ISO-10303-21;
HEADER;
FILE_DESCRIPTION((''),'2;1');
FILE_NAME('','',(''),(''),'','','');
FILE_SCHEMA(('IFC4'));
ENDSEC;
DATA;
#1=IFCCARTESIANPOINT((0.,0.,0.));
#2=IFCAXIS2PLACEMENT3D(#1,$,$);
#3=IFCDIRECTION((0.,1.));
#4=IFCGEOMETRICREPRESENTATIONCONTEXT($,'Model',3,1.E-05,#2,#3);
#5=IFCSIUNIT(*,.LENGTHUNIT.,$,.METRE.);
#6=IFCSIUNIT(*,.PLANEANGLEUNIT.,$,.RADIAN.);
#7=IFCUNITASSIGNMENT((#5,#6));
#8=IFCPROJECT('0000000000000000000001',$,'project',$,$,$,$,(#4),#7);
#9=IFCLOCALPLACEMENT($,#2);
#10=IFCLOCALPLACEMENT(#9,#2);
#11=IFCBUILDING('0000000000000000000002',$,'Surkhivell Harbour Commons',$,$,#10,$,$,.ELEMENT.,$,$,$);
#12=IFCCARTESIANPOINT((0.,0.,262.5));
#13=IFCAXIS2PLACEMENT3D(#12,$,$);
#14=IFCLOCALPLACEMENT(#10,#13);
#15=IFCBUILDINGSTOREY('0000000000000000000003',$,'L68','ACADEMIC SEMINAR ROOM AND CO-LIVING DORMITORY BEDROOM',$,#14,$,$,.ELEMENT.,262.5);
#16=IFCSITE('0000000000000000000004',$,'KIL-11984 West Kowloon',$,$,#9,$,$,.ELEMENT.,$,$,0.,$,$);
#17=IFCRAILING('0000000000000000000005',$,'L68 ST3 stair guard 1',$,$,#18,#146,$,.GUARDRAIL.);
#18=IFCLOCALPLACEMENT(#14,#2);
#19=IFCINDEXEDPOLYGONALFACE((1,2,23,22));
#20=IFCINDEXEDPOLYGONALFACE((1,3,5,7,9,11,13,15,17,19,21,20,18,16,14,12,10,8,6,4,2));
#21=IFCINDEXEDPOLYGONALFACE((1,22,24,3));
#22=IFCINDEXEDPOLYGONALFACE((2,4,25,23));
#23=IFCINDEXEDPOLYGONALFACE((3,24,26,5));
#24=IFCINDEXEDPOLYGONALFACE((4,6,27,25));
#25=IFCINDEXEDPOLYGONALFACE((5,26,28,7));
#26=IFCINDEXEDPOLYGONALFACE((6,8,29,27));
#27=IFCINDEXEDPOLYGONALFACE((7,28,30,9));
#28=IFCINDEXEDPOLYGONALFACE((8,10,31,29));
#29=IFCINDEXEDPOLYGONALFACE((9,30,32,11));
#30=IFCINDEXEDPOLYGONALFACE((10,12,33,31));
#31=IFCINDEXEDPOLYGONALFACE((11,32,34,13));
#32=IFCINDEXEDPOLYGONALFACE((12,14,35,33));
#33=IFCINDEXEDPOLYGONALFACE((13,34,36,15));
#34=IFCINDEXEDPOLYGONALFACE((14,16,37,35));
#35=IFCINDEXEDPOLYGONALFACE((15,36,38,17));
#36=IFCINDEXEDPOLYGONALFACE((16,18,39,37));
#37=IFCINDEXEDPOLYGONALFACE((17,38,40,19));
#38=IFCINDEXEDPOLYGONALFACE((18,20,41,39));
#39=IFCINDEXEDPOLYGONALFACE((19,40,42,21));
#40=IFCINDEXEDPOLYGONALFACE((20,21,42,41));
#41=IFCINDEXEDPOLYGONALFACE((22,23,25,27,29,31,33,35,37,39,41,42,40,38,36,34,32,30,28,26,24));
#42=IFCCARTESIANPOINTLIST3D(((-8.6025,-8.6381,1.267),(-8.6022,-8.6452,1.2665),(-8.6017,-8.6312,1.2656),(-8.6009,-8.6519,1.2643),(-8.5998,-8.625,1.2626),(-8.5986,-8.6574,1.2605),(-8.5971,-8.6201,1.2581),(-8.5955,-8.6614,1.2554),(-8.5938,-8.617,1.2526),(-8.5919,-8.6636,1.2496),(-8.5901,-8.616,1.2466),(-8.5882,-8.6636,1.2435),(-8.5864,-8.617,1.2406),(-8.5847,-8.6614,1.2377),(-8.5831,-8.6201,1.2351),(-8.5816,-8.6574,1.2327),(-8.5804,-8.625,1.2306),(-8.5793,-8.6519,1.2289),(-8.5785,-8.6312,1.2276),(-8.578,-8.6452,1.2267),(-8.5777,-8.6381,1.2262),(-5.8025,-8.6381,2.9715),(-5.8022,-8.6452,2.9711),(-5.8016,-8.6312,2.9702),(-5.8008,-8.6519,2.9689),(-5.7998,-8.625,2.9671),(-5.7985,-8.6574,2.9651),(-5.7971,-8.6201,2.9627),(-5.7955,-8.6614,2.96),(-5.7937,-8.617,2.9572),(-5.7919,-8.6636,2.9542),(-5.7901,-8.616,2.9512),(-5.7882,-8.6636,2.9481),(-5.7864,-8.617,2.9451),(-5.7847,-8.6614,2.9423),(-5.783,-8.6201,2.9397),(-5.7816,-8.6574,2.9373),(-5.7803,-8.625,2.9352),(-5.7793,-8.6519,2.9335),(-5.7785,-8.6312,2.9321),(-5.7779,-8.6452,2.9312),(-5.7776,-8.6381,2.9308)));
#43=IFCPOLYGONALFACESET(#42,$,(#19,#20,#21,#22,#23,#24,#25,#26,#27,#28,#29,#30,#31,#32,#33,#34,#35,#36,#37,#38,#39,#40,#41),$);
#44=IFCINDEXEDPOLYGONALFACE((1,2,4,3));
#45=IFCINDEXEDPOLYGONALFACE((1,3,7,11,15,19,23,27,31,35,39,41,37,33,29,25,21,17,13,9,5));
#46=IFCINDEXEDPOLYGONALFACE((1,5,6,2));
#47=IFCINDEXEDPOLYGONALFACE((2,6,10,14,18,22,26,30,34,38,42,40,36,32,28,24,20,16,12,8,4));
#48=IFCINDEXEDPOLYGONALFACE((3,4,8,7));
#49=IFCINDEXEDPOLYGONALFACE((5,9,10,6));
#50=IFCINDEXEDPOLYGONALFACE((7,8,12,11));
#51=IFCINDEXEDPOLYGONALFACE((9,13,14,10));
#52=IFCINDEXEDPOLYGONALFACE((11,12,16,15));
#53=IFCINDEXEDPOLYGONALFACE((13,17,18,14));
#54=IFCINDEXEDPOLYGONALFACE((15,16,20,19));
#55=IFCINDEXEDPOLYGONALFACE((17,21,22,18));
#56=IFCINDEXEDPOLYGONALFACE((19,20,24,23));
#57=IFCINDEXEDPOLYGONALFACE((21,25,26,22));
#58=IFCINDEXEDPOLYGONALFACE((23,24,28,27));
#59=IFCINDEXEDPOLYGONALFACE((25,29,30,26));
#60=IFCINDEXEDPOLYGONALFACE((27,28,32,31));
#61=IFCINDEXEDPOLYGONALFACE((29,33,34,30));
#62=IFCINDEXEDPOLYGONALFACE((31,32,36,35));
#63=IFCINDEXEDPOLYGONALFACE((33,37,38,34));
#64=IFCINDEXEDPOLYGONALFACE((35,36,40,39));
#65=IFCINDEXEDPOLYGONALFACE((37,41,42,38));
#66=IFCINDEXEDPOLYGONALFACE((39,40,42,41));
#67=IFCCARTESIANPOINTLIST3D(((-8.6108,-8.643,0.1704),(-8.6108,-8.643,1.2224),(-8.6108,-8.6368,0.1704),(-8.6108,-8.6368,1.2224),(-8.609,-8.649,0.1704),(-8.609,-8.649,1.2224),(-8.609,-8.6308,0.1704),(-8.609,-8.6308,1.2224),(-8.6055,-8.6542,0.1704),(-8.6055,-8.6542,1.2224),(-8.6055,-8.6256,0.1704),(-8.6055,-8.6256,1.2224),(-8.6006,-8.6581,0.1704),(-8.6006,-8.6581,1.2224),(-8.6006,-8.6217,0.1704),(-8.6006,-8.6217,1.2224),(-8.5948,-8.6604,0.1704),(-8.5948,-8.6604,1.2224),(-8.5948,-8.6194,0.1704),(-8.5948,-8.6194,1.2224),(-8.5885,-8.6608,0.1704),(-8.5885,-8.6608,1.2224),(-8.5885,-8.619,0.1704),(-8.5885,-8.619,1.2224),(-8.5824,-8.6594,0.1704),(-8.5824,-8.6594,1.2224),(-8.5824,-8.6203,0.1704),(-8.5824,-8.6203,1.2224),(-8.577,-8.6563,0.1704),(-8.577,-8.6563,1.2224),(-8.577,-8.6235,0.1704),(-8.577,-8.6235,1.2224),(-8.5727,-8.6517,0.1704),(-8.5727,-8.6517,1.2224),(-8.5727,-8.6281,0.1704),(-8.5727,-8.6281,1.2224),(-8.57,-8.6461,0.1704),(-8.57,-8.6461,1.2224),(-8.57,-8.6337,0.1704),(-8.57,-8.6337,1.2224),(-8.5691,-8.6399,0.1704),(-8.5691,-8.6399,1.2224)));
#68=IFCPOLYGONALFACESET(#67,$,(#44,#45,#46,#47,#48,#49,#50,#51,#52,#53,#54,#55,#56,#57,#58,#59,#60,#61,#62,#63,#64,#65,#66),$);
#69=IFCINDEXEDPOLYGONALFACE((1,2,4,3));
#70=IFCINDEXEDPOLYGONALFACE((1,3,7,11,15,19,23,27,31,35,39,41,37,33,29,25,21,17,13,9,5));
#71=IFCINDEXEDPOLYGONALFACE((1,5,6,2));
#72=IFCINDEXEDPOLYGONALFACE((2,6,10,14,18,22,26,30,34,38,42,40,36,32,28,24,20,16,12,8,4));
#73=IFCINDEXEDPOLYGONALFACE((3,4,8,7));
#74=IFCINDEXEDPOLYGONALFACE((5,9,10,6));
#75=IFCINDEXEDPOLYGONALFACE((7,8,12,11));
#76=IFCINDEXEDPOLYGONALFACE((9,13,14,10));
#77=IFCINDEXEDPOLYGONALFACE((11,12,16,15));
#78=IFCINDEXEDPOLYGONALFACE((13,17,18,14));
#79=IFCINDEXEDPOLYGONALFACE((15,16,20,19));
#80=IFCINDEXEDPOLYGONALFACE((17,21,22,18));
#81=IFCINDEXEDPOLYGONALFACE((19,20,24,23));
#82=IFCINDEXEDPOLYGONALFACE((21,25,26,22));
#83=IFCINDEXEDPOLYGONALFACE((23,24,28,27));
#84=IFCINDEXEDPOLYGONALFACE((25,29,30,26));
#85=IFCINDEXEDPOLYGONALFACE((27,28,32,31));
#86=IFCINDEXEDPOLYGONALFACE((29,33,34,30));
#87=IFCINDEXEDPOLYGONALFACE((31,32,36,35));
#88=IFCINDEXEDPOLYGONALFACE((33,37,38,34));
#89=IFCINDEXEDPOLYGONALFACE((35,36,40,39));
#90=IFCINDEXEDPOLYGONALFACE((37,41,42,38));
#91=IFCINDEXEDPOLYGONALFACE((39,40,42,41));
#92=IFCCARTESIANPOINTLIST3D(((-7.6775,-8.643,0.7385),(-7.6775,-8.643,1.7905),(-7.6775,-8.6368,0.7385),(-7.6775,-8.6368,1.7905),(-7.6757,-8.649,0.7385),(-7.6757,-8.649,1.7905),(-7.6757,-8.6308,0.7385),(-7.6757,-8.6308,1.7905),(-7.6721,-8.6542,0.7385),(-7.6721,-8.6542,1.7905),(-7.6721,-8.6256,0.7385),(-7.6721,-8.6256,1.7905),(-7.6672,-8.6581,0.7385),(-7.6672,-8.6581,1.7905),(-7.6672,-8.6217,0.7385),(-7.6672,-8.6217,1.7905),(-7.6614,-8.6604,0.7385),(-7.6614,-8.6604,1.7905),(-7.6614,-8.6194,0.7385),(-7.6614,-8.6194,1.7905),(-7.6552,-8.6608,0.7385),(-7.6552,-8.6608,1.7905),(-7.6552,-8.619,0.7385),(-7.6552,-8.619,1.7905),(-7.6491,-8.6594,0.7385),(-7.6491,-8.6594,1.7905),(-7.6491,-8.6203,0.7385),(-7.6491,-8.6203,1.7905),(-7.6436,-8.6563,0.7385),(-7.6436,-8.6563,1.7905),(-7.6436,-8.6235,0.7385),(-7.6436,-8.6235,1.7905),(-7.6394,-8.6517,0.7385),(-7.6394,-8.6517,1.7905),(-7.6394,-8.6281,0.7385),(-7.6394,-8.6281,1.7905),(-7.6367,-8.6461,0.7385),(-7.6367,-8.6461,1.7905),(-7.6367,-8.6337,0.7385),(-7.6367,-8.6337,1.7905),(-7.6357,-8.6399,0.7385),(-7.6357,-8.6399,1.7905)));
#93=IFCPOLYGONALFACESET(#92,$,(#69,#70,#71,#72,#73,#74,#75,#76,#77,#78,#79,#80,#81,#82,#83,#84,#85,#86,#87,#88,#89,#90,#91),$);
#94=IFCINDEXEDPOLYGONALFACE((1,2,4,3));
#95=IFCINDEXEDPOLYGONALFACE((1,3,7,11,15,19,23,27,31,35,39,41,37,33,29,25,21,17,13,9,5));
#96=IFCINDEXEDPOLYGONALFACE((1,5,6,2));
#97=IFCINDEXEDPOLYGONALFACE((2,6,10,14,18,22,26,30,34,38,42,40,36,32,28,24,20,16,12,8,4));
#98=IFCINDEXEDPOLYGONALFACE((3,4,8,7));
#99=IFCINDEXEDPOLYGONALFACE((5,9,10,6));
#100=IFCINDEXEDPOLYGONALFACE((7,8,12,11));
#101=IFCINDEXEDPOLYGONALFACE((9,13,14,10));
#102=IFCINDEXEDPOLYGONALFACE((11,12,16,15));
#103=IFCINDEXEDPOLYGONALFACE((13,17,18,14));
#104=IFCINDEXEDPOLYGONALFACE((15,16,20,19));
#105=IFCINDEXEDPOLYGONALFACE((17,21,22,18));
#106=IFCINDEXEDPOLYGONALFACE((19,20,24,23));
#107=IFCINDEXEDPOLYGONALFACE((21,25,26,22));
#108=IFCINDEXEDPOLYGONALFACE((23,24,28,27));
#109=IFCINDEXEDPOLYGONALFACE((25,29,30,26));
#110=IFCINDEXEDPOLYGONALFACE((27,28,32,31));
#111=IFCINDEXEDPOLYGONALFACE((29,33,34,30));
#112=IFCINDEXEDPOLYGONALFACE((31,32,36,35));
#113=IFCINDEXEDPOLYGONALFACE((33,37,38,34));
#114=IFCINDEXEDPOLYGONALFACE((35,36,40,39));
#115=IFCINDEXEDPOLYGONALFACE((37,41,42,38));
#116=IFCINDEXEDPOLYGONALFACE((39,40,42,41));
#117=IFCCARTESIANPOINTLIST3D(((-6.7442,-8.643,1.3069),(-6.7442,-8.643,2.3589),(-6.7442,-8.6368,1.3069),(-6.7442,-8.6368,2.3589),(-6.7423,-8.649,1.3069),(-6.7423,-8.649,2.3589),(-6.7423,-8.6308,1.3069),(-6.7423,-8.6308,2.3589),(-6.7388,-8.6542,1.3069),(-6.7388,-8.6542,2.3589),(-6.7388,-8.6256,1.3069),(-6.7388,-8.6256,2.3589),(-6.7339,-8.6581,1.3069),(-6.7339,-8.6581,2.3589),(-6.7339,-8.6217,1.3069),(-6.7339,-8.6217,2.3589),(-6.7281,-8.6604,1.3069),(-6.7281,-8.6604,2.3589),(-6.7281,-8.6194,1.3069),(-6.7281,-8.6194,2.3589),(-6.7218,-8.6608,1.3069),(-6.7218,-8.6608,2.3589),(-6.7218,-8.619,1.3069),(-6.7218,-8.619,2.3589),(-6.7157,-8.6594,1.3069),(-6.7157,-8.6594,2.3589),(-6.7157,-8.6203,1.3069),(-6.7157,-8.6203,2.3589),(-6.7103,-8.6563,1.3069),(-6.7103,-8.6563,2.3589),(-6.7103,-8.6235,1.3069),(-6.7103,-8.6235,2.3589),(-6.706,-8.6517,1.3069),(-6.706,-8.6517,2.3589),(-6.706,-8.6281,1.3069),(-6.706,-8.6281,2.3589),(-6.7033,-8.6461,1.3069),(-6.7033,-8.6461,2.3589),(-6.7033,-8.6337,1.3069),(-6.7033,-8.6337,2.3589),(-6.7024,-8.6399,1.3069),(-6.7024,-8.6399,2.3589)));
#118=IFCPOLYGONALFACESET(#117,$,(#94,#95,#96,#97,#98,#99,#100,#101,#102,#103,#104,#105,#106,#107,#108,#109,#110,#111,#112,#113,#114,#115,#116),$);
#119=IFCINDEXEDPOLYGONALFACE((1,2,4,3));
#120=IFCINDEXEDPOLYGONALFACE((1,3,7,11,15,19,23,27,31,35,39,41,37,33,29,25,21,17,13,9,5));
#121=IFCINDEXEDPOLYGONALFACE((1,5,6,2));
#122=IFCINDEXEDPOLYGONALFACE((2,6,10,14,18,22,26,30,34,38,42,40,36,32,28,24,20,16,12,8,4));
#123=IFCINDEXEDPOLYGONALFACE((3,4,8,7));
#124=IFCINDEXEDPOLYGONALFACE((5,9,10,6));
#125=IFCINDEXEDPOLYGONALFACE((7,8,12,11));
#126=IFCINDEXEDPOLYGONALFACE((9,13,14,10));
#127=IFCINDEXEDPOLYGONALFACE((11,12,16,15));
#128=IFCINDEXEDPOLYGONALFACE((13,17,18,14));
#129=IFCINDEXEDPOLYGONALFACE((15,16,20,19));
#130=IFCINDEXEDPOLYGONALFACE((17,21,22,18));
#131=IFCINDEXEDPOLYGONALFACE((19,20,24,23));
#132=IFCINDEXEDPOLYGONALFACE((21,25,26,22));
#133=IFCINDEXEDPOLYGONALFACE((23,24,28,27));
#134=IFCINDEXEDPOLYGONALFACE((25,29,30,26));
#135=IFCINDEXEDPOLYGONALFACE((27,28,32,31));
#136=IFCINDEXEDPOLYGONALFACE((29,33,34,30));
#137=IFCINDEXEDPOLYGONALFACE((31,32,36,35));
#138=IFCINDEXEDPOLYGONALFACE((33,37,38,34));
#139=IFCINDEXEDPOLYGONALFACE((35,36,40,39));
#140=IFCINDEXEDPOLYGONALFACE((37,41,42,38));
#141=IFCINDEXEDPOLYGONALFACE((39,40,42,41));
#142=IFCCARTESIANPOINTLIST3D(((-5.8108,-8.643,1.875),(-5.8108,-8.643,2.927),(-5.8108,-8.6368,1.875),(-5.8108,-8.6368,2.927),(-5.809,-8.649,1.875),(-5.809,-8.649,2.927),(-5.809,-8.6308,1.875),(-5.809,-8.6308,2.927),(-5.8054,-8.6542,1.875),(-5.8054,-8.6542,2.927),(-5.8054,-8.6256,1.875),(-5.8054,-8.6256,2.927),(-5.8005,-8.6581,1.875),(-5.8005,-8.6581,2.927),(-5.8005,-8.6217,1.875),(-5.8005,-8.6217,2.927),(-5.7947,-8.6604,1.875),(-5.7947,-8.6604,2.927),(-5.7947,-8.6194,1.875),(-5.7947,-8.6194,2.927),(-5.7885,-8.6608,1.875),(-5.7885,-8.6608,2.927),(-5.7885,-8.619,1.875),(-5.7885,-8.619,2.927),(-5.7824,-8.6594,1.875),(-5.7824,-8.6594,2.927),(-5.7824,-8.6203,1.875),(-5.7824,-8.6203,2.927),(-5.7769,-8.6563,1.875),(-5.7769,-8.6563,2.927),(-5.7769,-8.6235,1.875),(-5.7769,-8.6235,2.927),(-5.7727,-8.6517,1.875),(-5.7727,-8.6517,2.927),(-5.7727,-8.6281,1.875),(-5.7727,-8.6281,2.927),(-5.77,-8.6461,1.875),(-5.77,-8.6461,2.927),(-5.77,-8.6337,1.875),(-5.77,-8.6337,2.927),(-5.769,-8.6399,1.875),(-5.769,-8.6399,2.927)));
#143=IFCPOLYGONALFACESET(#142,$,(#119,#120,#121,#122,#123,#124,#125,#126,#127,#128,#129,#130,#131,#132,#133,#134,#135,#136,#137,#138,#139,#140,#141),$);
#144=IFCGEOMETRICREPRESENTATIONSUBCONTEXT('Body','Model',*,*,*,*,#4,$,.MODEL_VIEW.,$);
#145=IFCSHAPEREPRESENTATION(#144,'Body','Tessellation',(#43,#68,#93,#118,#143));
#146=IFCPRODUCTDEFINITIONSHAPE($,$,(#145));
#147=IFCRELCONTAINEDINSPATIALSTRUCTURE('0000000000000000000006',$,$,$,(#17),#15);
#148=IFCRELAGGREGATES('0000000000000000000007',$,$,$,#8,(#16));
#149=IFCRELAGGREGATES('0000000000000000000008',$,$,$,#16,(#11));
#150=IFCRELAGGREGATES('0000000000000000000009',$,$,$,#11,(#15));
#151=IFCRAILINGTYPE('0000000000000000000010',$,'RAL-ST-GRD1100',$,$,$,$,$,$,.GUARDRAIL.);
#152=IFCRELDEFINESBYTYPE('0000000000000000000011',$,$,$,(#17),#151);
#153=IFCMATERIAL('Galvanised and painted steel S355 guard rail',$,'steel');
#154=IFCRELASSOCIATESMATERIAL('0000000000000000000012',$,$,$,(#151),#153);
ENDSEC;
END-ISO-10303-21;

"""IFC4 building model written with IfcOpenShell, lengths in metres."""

from ifc_helpers import new_model, si_unit, direction, frame, origin, origin_2d, place, context, subcontext, project, spatial, circle, extrude, material, type_object, element, save


model = new_model("IFC4")

# Units and contexts
model_context = context("Model", 3, precision=1e-05, world=origin(), true_north=direction((0.0, 1.0)))
body_context = subcontext(model_context, "Body", "Model", "MODEL_VIEW")
ifc_project = project(units=[si_unit("LENGTHUNIT", "METRE"), si_unit("PLANEANGLEUNIT", "RADIAN")], contexts=[model_context])

# Site, building, storey
site_placement = place(None, origin())
site = spatial("IfcSite", under=ifc_project, at=site_placement, Name="KIL-11984 West Kowloon", CompositionType="ELEMENT", RefElevation=0.0)
building_placement = place(site_placement, origin())
building = spatial("IfcBuilding", under=site, at=building_placement, Name="Surkhivell Harbour Commons", CompositionType="ELEMENT")
storey_placement = place(building_placement, frame((0.0, 0.0, 262.5)))
storey = spatial("IfcBuildingStorey", under=building, at=storey_placement, Name="L68", Description="ACADEMIC SEMINAR ROOM AND CO-LIVING DORMITORY BEDROOM", CompositionType="ELEMENT", Elevation=262.5)

# Railing
ifc_material_1 = material(Name="Galvanised and painted steel S355 guard rail", Category="steel")
railing_type_1 = type_object("IfcRailingType", Name="RAL-ST-GRD1100", PredefinedType="GUARDRAIL", material=ifc_material_1)
railing_1_placement = place(storey_placement, frame((-8.5901, -8.6399, 0.1704)))
element("IfcRailing", 1, at=railing_1_placement, inside=storey, type_object=railing_type_1, Name="L68 ST3 stair guard 1", PredefinedType="GUARDRAIL", context=body_context, shape_type="SweptSolid", body=[
    extrude(circle(Radius=0.0239, at=origin_2d()), frame((0.0, 0.0, 1.0762), z_axis=(0.85417, 0.0, 0.519994), x_axis=(0.0, 1.0, 0.0)), (0.0, 0.0, 1.0), 3.2781),
    extrude(circle(Radius=0.021, at=origin_2d()), origin(), (0.0, 0.0, 1.0), 1.052),
    extrude(circle(Radius=0.021, at=origin_2d()), frame((0.9333, 0.0, 0.5681)), (0.0, 0.0, 1.0), 1.052),
    extrude(circle(Radius=0.021, at=origin_2d()), frame((1.8667, 0.0, 1.1365)), (0.0, 0.0, 1.0), 1.052),
    extrude(circle(Radius=0.021, at=origin_2d()), frame((2.8, 0.0, 1.7046)), (0.0, 0.0, 1.0), 1.052),
])

save(model, "model.ifc")
